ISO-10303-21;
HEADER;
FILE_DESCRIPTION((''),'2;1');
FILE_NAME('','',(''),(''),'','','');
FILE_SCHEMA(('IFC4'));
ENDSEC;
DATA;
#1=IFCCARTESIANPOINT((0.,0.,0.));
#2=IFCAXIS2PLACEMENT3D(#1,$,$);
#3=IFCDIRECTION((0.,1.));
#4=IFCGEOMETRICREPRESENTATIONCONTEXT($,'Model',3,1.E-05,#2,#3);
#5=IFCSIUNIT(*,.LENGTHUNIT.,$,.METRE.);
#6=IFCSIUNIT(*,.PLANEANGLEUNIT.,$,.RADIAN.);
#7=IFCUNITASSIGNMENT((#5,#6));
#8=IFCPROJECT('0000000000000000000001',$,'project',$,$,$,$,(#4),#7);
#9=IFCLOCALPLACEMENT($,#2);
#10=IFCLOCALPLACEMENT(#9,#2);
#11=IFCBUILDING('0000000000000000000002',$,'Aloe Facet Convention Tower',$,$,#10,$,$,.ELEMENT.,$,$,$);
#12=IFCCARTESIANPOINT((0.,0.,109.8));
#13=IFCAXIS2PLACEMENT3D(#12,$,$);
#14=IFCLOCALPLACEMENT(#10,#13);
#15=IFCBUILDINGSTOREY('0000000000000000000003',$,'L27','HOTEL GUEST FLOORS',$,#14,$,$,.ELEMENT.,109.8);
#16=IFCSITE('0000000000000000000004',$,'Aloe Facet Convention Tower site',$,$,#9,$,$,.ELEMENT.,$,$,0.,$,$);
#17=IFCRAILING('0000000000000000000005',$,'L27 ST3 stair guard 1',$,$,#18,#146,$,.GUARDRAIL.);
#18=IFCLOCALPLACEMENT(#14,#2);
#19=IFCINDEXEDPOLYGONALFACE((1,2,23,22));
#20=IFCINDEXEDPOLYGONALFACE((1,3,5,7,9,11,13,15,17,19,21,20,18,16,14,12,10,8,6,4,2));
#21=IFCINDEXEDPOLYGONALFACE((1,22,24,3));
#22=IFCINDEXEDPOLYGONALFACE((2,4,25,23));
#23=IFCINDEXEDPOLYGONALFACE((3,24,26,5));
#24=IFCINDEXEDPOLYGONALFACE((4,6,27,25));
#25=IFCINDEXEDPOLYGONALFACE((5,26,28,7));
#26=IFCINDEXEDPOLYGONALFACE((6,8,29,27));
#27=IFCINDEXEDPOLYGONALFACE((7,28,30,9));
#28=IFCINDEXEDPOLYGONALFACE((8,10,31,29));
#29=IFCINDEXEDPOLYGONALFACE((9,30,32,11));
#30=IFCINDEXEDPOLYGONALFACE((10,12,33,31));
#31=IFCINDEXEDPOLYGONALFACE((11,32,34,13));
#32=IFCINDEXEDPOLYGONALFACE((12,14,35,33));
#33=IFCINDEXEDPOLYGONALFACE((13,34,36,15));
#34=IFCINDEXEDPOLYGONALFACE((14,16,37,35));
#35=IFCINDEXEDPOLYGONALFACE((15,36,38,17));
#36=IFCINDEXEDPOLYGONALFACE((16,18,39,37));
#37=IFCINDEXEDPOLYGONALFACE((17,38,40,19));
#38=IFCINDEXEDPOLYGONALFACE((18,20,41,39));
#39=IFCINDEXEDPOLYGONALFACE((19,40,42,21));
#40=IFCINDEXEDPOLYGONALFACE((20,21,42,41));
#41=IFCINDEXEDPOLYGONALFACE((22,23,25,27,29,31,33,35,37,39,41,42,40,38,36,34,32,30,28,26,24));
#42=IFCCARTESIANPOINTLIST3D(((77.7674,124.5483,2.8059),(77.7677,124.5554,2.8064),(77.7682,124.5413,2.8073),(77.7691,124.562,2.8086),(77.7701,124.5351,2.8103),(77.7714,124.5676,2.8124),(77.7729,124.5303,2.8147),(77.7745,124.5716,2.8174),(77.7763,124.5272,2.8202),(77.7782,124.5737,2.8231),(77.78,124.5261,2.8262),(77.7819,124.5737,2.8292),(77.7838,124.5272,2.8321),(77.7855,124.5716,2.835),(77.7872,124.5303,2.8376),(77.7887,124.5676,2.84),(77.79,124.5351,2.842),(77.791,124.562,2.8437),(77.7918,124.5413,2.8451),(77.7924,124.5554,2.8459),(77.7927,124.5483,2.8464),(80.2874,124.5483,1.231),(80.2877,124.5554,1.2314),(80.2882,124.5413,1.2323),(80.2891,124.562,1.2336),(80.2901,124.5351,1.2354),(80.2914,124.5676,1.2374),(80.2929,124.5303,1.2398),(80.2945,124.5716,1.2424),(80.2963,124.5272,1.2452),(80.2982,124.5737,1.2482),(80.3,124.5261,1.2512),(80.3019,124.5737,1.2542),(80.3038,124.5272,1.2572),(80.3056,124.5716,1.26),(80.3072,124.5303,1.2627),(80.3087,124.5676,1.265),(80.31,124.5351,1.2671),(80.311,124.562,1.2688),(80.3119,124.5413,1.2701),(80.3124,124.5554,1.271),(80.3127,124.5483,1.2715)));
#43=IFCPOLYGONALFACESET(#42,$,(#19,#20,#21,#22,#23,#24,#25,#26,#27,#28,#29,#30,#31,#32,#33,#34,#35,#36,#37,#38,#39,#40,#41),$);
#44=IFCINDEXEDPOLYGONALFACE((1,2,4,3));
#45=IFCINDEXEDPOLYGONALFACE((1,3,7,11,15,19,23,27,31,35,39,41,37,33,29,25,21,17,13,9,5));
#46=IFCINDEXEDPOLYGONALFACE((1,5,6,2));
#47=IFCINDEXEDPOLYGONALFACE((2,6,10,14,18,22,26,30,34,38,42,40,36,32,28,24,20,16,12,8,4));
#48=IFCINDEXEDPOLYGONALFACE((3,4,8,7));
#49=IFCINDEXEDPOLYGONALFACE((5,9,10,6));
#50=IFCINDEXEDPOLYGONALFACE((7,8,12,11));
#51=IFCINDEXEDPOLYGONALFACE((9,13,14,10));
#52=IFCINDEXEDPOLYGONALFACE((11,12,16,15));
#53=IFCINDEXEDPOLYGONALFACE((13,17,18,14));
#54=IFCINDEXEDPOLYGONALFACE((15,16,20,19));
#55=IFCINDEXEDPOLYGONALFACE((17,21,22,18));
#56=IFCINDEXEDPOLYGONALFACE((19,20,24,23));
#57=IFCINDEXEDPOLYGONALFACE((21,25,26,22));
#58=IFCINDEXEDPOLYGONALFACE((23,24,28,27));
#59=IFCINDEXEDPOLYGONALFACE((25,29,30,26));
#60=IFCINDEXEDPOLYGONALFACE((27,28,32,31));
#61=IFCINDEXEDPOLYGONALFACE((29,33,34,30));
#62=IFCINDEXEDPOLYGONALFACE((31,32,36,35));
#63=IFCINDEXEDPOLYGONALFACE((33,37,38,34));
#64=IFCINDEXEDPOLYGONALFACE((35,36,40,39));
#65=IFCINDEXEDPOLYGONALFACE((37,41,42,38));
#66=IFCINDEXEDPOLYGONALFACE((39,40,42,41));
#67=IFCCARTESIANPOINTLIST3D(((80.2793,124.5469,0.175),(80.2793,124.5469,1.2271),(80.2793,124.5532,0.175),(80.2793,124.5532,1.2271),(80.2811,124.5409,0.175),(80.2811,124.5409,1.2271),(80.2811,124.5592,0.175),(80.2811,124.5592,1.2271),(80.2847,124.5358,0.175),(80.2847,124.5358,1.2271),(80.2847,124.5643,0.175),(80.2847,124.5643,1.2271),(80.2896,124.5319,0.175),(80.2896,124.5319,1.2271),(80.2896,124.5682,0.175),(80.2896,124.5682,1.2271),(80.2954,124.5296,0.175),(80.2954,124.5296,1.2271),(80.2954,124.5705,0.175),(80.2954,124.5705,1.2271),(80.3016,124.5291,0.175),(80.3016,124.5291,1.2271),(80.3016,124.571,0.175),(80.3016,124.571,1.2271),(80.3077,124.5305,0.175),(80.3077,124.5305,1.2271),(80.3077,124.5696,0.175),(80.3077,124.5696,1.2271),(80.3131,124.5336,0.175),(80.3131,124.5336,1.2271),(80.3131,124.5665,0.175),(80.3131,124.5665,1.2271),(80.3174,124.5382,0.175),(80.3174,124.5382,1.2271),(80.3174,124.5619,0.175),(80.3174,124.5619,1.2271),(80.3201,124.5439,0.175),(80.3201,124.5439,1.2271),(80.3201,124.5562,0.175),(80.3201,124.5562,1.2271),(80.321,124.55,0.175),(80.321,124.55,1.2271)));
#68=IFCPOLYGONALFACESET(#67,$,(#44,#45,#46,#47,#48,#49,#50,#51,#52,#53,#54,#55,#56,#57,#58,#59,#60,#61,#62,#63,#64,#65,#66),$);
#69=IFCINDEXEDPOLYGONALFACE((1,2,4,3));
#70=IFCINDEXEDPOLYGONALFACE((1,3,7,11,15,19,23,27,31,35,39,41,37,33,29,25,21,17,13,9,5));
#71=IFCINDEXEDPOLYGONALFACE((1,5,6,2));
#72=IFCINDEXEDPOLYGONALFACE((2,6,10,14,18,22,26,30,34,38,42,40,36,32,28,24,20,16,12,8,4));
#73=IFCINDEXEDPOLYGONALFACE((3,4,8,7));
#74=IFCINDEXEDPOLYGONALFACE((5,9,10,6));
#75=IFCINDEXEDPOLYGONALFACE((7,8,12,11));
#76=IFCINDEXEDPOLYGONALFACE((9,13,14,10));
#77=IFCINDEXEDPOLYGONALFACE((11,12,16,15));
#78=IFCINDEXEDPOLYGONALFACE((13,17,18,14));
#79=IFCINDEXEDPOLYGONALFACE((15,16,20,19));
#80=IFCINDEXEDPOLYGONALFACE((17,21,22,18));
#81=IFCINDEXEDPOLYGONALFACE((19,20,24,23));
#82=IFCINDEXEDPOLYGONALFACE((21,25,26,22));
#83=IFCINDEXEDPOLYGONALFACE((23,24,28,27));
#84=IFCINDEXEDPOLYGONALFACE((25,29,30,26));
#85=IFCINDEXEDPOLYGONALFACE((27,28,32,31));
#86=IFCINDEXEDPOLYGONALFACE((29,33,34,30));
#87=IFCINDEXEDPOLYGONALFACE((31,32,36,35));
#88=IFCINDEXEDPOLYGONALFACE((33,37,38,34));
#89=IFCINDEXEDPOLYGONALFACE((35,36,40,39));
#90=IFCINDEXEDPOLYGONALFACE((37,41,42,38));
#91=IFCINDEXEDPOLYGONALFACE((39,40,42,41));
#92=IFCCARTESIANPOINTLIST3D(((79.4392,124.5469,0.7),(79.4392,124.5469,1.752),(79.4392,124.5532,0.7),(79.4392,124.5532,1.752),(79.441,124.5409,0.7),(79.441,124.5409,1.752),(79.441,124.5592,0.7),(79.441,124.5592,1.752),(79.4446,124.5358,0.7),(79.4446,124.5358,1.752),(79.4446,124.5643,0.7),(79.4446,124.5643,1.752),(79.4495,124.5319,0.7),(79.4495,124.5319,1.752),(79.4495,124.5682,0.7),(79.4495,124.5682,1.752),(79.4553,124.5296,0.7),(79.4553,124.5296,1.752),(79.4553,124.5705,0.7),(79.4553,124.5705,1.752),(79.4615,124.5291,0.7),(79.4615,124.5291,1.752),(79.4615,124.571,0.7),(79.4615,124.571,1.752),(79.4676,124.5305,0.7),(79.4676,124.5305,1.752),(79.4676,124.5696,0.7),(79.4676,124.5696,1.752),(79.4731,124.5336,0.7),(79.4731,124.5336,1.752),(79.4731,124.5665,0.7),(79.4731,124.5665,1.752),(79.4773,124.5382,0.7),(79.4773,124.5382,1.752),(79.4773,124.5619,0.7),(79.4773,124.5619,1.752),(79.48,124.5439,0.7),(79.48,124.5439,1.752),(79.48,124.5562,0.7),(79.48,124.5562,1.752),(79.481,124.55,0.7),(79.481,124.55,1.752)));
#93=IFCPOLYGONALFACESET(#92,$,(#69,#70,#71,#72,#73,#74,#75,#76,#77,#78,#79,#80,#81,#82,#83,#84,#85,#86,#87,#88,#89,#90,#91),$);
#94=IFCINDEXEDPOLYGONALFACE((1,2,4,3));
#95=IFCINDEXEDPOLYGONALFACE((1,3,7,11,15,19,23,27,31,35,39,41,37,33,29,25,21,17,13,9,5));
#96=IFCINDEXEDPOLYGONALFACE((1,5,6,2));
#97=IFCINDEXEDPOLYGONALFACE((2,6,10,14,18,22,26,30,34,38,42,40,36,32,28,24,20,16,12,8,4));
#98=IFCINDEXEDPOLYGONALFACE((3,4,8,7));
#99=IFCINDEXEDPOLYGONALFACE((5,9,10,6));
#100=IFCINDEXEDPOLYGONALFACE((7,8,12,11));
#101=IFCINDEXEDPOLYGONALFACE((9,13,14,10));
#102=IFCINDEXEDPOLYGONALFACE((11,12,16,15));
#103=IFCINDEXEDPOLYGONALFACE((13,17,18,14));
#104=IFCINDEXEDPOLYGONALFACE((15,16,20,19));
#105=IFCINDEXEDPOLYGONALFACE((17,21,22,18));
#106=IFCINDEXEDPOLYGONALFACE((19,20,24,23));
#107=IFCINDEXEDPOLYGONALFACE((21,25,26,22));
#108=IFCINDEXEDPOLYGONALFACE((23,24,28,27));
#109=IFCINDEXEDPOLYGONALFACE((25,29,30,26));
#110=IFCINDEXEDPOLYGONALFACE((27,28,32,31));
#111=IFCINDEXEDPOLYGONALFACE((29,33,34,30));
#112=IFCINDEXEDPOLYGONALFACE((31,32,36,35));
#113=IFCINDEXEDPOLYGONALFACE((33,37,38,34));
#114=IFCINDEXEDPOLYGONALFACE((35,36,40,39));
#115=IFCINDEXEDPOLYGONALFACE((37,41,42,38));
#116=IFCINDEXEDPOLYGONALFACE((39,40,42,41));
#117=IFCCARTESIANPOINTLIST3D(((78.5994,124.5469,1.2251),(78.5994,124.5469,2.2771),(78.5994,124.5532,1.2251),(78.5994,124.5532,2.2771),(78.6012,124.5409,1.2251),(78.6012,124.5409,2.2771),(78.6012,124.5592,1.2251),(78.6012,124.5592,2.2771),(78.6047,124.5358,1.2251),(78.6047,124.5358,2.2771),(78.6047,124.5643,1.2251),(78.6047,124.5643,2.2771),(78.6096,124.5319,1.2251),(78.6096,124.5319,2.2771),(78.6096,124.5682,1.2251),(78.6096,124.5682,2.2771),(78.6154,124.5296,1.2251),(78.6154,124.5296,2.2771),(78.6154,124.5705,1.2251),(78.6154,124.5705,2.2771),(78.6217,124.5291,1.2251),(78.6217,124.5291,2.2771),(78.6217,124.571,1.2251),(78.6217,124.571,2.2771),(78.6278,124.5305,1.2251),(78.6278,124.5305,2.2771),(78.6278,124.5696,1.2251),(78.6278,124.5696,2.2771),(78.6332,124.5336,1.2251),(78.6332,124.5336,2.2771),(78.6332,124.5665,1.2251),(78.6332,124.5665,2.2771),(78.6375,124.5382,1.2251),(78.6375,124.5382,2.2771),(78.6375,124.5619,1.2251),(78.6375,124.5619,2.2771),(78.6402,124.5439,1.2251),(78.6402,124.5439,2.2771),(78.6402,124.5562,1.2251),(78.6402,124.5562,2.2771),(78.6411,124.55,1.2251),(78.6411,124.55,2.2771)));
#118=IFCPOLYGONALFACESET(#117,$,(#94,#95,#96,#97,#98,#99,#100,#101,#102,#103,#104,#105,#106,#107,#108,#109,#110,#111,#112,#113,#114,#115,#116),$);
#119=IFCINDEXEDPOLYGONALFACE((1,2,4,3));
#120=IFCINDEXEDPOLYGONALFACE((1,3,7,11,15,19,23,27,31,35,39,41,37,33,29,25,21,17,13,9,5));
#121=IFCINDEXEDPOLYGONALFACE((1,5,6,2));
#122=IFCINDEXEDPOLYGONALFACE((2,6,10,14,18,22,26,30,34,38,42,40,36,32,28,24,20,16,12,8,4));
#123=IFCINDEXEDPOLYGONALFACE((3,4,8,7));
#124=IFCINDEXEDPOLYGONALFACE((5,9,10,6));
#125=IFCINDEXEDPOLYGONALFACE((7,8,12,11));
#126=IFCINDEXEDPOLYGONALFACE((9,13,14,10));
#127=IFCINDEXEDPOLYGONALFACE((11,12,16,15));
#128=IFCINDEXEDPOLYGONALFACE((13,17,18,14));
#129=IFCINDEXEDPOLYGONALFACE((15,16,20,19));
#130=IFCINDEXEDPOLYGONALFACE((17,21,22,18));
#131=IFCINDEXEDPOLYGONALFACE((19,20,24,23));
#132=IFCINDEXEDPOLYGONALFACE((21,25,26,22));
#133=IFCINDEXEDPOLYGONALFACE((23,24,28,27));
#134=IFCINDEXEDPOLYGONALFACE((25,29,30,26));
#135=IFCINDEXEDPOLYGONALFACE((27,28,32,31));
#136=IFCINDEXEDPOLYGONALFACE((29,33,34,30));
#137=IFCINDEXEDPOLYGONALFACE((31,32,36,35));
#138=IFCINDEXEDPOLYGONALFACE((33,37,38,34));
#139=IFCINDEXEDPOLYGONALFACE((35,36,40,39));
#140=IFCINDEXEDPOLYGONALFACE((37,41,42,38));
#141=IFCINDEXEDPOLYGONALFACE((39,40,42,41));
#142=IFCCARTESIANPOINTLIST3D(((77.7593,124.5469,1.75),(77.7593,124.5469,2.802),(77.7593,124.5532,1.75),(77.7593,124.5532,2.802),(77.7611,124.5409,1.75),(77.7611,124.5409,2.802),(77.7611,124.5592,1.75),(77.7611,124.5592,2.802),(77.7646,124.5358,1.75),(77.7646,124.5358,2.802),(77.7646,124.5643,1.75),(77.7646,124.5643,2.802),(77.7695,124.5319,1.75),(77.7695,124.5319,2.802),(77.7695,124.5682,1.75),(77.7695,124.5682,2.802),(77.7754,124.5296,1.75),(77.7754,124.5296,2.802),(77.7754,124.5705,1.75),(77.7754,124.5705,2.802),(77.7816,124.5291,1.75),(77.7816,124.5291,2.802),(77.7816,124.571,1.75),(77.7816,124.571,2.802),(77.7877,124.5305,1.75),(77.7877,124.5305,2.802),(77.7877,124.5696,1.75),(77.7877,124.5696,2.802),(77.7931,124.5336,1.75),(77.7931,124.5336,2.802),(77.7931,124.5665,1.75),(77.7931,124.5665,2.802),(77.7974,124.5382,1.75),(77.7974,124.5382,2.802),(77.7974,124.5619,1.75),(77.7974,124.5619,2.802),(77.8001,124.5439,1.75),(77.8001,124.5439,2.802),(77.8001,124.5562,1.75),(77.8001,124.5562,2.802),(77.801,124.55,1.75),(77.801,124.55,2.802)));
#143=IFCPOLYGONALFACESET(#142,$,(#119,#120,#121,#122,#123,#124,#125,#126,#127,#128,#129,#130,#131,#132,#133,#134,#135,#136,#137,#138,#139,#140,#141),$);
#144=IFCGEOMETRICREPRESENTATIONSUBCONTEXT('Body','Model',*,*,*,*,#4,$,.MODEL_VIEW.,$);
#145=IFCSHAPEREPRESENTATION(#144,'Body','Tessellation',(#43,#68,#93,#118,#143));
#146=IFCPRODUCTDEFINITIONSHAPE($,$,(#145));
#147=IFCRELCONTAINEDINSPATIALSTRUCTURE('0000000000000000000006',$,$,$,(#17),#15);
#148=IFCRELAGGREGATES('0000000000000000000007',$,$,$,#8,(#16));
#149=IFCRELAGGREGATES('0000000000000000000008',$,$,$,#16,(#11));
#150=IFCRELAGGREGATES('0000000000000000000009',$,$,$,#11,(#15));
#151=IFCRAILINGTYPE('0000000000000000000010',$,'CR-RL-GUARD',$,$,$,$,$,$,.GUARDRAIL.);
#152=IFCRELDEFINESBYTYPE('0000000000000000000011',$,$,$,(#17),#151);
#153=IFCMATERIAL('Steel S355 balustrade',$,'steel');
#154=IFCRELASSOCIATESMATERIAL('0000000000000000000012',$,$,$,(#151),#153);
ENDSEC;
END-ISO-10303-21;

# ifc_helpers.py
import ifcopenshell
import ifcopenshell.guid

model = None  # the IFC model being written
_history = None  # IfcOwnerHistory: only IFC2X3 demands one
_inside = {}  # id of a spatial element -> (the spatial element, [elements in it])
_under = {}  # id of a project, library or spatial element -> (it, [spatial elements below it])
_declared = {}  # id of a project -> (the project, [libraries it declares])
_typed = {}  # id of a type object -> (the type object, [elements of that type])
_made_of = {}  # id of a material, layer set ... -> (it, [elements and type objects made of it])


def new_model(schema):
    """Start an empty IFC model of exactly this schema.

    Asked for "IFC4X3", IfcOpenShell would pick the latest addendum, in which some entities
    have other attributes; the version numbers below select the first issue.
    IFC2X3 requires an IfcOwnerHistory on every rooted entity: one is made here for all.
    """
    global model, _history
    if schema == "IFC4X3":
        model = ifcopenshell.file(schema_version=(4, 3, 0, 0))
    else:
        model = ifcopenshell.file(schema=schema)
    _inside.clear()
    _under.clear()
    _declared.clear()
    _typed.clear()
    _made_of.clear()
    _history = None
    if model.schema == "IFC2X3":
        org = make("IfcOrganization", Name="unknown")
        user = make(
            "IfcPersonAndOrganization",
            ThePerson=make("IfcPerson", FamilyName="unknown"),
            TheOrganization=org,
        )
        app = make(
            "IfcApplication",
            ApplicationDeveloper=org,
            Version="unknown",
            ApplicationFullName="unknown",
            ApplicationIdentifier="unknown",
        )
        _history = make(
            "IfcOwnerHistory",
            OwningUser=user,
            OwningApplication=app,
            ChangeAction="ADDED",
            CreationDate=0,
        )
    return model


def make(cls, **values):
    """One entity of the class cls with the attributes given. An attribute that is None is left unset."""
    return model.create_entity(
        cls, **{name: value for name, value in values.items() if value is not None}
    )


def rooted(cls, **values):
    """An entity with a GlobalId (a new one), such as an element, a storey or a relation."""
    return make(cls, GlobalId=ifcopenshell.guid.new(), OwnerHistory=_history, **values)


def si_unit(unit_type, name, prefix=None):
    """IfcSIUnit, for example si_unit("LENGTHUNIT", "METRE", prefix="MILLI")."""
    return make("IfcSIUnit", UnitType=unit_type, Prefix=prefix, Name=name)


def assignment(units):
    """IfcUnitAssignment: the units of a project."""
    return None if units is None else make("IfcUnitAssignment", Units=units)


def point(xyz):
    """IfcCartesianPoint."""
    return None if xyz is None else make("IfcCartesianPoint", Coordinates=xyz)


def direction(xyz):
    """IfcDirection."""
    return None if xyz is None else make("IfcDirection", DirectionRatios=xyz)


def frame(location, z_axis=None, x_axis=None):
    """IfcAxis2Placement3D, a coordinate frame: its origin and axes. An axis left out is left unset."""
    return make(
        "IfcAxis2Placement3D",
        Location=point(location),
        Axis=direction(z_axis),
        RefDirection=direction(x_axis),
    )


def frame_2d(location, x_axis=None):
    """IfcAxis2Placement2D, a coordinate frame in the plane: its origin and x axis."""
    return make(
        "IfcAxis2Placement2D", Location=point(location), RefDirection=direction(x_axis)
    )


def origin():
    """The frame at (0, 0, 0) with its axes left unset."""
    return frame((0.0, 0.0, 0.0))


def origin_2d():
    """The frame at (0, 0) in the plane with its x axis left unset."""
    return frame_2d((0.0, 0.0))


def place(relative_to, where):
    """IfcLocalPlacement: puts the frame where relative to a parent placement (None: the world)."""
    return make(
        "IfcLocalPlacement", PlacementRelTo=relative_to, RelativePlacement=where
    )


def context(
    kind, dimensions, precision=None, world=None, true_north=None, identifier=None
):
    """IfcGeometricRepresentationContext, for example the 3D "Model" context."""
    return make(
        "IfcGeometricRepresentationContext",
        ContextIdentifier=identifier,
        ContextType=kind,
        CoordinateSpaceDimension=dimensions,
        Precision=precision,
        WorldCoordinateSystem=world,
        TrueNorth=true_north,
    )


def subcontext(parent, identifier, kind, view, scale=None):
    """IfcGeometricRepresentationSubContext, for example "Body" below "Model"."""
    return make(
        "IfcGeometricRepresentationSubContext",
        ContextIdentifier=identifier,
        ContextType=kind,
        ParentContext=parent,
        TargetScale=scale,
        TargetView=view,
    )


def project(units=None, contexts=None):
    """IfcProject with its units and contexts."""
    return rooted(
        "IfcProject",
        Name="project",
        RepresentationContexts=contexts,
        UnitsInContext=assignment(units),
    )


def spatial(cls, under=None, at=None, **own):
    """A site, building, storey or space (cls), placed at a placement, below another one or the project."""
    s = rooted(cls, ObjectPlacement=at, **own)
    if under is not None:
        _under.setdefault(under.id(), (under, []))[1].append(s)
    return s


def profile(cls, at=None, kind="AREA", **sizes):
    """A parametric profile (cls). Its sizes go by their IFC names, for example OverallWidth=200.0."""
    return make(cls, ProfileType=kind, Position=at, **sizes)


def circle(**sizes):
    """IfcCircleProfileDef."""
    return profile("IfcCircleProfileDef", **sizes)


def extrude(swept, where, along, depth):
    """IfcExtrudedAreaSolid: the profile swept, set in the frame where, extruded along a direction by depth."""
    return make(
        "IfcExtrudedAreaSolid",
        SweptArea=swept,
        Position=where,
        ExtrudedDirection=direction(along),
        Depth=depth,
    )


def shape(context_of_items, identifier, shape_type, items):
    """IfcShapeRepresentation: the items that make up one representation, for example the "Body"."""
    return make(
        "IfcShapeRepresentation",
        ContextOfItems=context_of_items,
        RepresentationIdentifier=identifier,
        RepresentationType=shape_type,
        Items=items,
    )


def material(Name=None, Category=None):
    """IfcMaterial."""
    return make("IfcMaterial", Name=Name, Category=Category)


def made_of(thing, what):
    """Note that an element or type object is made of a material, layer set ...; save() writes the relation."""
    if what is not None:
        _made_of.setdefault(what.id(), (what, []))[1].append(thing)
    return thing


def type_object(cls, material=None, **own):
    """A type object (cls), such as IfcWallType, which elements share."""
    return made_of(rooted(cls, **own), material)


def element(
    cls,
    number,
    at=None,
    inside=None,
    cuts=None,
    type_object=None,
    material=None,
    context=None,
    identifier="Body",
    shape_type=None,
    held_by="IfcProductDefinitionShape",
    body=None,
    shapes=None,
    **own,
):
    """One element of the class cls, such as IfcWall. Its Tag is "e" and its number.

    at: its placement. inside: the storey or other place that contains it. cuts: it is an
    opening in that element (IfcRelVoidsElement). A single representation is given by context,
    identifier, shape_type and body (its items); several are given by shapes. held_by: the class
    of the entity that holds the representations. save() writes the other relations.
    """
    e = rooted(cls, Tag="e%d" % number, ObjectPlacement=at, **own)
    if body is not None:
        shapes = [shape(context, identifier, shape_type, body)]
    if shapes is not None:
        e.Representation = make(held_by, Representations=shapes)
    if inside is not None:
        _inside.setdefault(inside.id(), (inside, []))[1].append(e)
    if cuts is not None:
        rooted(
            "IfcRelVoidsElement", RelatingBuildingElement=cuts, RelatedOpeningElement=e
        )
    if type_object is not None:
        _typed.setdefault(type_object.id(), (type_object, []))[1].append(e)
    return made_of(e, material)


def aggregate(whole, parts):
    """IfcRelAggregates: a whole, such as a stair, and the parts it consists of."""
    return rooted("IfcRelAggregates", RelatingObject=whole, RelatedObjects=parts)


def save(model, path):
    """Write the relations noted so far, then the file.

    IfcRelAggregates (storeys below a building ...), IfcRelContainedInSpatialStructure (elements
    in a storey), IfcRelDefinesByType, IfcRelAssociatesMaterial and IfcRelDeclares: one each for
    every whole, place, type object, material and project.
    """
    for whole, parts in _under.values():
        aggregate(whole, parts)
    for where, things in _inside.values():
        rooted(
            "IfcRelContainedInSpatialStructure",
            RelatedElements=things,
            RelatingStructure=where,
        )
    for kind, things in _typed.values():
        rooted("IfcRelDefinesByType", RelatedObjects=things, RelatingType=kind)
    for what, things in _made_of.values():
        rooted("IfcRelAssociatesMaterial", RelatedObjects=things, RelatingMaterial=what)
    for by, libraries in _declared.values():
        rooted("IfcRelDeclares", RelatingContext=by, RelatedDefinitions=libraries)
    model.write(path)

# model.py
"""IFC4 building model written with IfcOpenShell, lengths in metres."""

from ifc_helpers import new_model, si_unit, direction, frame, origin, origin_2d, place, context, subcontext, project, spatial, circle, extrude, material, type_object, element, save


model = new_model("IFC4")

# Units and contexts
model_context = context("Model", 3, precision=1e-05, world=origin(), true_north=direction((0.0, 1.0)))
body_context = subcontext(model_context, "Body", "Model", "MODEL_VIEW")
ifc_project = project(units=[si_unit("LENGTHUNIT", "METRE"), si_unit("PLANEANGLEUNIT", "RADIAN")], contexts=[model_context])

# Site, building, storey
site_placement = place(None, origin())
site = spatial("IfcSite", under=ifc_project, at=site_placement, Name="Aloe Facet Convention Tower site", CompositionType="ELEMENT", RefElevation=0.0)
building_placement = place(site_placement, origin())
building = spatial("IfcBuilding", under=site, at=building_placement, Name="Aloe Facet Convention Tower", CompositionType="ELEMENT")
storey_placement = place(building_placement, frame((0.0, 0.0, 109.8)))
storey = spatial("IfcBuildingStorey", under=building, at=storey_placement, Name="L27", Description="HOTEL GUEST FLOORS", CompositionType="ELEMENT", Elevation=109.8)

# Railing
ifc_material_1 = material(Name="Steel S355 balustrade", Category="steel")
railing_type_1 = type_object("IfcRailingType", Name="CR-RL-GUARD", PredefinedType="GUARDRAIL", material=ifc_material_1)
railing_1_placement = place(storey_placement, frame((80.3, 124.55, 0.175)))
element("IfcRailing", 1, at=railing_1_placement, inside=storey, type_object=railing_type_1, Name="L27 ST3 stair guard 1", PredefinedType="GUARDRAIL", context=body_context, shape_type="SweptSolid", body=[
    extrude(circle(Radius=0.0239, at=origin_2d()), frame((0.0, 0.0, 1.0762), z_axis=(-0.848008, 0.0, 0.529984), x_axis=(0.0, -1.0, 0.0)), (0.0, 0.0, 1.0), 2.9717),
    extrude(circle(Radius=0.021, at=origin_2d()), origin(), (0.0, 0.0, 1.0), 1.052),
    extrude(circle(Radius=0.021, at=origin_2d()), frame((-0.8401, 0.0, 0.5249)), (0.0, 0.0, 1.0), 1.052),
    extrude(circle(Radius=0.021, at=origin_2d()), frame((-1.6799, 0.0, 1.05)), (0.0, 0.0, 1.0), 1.052),
    extrude(circle(Radius=0.021, at=origin_2d()), frame((-2.52, 0.0, 1.575)), (0.0, 0.0, 1.0), 1.052),
])

save(model, "model.ifc")
